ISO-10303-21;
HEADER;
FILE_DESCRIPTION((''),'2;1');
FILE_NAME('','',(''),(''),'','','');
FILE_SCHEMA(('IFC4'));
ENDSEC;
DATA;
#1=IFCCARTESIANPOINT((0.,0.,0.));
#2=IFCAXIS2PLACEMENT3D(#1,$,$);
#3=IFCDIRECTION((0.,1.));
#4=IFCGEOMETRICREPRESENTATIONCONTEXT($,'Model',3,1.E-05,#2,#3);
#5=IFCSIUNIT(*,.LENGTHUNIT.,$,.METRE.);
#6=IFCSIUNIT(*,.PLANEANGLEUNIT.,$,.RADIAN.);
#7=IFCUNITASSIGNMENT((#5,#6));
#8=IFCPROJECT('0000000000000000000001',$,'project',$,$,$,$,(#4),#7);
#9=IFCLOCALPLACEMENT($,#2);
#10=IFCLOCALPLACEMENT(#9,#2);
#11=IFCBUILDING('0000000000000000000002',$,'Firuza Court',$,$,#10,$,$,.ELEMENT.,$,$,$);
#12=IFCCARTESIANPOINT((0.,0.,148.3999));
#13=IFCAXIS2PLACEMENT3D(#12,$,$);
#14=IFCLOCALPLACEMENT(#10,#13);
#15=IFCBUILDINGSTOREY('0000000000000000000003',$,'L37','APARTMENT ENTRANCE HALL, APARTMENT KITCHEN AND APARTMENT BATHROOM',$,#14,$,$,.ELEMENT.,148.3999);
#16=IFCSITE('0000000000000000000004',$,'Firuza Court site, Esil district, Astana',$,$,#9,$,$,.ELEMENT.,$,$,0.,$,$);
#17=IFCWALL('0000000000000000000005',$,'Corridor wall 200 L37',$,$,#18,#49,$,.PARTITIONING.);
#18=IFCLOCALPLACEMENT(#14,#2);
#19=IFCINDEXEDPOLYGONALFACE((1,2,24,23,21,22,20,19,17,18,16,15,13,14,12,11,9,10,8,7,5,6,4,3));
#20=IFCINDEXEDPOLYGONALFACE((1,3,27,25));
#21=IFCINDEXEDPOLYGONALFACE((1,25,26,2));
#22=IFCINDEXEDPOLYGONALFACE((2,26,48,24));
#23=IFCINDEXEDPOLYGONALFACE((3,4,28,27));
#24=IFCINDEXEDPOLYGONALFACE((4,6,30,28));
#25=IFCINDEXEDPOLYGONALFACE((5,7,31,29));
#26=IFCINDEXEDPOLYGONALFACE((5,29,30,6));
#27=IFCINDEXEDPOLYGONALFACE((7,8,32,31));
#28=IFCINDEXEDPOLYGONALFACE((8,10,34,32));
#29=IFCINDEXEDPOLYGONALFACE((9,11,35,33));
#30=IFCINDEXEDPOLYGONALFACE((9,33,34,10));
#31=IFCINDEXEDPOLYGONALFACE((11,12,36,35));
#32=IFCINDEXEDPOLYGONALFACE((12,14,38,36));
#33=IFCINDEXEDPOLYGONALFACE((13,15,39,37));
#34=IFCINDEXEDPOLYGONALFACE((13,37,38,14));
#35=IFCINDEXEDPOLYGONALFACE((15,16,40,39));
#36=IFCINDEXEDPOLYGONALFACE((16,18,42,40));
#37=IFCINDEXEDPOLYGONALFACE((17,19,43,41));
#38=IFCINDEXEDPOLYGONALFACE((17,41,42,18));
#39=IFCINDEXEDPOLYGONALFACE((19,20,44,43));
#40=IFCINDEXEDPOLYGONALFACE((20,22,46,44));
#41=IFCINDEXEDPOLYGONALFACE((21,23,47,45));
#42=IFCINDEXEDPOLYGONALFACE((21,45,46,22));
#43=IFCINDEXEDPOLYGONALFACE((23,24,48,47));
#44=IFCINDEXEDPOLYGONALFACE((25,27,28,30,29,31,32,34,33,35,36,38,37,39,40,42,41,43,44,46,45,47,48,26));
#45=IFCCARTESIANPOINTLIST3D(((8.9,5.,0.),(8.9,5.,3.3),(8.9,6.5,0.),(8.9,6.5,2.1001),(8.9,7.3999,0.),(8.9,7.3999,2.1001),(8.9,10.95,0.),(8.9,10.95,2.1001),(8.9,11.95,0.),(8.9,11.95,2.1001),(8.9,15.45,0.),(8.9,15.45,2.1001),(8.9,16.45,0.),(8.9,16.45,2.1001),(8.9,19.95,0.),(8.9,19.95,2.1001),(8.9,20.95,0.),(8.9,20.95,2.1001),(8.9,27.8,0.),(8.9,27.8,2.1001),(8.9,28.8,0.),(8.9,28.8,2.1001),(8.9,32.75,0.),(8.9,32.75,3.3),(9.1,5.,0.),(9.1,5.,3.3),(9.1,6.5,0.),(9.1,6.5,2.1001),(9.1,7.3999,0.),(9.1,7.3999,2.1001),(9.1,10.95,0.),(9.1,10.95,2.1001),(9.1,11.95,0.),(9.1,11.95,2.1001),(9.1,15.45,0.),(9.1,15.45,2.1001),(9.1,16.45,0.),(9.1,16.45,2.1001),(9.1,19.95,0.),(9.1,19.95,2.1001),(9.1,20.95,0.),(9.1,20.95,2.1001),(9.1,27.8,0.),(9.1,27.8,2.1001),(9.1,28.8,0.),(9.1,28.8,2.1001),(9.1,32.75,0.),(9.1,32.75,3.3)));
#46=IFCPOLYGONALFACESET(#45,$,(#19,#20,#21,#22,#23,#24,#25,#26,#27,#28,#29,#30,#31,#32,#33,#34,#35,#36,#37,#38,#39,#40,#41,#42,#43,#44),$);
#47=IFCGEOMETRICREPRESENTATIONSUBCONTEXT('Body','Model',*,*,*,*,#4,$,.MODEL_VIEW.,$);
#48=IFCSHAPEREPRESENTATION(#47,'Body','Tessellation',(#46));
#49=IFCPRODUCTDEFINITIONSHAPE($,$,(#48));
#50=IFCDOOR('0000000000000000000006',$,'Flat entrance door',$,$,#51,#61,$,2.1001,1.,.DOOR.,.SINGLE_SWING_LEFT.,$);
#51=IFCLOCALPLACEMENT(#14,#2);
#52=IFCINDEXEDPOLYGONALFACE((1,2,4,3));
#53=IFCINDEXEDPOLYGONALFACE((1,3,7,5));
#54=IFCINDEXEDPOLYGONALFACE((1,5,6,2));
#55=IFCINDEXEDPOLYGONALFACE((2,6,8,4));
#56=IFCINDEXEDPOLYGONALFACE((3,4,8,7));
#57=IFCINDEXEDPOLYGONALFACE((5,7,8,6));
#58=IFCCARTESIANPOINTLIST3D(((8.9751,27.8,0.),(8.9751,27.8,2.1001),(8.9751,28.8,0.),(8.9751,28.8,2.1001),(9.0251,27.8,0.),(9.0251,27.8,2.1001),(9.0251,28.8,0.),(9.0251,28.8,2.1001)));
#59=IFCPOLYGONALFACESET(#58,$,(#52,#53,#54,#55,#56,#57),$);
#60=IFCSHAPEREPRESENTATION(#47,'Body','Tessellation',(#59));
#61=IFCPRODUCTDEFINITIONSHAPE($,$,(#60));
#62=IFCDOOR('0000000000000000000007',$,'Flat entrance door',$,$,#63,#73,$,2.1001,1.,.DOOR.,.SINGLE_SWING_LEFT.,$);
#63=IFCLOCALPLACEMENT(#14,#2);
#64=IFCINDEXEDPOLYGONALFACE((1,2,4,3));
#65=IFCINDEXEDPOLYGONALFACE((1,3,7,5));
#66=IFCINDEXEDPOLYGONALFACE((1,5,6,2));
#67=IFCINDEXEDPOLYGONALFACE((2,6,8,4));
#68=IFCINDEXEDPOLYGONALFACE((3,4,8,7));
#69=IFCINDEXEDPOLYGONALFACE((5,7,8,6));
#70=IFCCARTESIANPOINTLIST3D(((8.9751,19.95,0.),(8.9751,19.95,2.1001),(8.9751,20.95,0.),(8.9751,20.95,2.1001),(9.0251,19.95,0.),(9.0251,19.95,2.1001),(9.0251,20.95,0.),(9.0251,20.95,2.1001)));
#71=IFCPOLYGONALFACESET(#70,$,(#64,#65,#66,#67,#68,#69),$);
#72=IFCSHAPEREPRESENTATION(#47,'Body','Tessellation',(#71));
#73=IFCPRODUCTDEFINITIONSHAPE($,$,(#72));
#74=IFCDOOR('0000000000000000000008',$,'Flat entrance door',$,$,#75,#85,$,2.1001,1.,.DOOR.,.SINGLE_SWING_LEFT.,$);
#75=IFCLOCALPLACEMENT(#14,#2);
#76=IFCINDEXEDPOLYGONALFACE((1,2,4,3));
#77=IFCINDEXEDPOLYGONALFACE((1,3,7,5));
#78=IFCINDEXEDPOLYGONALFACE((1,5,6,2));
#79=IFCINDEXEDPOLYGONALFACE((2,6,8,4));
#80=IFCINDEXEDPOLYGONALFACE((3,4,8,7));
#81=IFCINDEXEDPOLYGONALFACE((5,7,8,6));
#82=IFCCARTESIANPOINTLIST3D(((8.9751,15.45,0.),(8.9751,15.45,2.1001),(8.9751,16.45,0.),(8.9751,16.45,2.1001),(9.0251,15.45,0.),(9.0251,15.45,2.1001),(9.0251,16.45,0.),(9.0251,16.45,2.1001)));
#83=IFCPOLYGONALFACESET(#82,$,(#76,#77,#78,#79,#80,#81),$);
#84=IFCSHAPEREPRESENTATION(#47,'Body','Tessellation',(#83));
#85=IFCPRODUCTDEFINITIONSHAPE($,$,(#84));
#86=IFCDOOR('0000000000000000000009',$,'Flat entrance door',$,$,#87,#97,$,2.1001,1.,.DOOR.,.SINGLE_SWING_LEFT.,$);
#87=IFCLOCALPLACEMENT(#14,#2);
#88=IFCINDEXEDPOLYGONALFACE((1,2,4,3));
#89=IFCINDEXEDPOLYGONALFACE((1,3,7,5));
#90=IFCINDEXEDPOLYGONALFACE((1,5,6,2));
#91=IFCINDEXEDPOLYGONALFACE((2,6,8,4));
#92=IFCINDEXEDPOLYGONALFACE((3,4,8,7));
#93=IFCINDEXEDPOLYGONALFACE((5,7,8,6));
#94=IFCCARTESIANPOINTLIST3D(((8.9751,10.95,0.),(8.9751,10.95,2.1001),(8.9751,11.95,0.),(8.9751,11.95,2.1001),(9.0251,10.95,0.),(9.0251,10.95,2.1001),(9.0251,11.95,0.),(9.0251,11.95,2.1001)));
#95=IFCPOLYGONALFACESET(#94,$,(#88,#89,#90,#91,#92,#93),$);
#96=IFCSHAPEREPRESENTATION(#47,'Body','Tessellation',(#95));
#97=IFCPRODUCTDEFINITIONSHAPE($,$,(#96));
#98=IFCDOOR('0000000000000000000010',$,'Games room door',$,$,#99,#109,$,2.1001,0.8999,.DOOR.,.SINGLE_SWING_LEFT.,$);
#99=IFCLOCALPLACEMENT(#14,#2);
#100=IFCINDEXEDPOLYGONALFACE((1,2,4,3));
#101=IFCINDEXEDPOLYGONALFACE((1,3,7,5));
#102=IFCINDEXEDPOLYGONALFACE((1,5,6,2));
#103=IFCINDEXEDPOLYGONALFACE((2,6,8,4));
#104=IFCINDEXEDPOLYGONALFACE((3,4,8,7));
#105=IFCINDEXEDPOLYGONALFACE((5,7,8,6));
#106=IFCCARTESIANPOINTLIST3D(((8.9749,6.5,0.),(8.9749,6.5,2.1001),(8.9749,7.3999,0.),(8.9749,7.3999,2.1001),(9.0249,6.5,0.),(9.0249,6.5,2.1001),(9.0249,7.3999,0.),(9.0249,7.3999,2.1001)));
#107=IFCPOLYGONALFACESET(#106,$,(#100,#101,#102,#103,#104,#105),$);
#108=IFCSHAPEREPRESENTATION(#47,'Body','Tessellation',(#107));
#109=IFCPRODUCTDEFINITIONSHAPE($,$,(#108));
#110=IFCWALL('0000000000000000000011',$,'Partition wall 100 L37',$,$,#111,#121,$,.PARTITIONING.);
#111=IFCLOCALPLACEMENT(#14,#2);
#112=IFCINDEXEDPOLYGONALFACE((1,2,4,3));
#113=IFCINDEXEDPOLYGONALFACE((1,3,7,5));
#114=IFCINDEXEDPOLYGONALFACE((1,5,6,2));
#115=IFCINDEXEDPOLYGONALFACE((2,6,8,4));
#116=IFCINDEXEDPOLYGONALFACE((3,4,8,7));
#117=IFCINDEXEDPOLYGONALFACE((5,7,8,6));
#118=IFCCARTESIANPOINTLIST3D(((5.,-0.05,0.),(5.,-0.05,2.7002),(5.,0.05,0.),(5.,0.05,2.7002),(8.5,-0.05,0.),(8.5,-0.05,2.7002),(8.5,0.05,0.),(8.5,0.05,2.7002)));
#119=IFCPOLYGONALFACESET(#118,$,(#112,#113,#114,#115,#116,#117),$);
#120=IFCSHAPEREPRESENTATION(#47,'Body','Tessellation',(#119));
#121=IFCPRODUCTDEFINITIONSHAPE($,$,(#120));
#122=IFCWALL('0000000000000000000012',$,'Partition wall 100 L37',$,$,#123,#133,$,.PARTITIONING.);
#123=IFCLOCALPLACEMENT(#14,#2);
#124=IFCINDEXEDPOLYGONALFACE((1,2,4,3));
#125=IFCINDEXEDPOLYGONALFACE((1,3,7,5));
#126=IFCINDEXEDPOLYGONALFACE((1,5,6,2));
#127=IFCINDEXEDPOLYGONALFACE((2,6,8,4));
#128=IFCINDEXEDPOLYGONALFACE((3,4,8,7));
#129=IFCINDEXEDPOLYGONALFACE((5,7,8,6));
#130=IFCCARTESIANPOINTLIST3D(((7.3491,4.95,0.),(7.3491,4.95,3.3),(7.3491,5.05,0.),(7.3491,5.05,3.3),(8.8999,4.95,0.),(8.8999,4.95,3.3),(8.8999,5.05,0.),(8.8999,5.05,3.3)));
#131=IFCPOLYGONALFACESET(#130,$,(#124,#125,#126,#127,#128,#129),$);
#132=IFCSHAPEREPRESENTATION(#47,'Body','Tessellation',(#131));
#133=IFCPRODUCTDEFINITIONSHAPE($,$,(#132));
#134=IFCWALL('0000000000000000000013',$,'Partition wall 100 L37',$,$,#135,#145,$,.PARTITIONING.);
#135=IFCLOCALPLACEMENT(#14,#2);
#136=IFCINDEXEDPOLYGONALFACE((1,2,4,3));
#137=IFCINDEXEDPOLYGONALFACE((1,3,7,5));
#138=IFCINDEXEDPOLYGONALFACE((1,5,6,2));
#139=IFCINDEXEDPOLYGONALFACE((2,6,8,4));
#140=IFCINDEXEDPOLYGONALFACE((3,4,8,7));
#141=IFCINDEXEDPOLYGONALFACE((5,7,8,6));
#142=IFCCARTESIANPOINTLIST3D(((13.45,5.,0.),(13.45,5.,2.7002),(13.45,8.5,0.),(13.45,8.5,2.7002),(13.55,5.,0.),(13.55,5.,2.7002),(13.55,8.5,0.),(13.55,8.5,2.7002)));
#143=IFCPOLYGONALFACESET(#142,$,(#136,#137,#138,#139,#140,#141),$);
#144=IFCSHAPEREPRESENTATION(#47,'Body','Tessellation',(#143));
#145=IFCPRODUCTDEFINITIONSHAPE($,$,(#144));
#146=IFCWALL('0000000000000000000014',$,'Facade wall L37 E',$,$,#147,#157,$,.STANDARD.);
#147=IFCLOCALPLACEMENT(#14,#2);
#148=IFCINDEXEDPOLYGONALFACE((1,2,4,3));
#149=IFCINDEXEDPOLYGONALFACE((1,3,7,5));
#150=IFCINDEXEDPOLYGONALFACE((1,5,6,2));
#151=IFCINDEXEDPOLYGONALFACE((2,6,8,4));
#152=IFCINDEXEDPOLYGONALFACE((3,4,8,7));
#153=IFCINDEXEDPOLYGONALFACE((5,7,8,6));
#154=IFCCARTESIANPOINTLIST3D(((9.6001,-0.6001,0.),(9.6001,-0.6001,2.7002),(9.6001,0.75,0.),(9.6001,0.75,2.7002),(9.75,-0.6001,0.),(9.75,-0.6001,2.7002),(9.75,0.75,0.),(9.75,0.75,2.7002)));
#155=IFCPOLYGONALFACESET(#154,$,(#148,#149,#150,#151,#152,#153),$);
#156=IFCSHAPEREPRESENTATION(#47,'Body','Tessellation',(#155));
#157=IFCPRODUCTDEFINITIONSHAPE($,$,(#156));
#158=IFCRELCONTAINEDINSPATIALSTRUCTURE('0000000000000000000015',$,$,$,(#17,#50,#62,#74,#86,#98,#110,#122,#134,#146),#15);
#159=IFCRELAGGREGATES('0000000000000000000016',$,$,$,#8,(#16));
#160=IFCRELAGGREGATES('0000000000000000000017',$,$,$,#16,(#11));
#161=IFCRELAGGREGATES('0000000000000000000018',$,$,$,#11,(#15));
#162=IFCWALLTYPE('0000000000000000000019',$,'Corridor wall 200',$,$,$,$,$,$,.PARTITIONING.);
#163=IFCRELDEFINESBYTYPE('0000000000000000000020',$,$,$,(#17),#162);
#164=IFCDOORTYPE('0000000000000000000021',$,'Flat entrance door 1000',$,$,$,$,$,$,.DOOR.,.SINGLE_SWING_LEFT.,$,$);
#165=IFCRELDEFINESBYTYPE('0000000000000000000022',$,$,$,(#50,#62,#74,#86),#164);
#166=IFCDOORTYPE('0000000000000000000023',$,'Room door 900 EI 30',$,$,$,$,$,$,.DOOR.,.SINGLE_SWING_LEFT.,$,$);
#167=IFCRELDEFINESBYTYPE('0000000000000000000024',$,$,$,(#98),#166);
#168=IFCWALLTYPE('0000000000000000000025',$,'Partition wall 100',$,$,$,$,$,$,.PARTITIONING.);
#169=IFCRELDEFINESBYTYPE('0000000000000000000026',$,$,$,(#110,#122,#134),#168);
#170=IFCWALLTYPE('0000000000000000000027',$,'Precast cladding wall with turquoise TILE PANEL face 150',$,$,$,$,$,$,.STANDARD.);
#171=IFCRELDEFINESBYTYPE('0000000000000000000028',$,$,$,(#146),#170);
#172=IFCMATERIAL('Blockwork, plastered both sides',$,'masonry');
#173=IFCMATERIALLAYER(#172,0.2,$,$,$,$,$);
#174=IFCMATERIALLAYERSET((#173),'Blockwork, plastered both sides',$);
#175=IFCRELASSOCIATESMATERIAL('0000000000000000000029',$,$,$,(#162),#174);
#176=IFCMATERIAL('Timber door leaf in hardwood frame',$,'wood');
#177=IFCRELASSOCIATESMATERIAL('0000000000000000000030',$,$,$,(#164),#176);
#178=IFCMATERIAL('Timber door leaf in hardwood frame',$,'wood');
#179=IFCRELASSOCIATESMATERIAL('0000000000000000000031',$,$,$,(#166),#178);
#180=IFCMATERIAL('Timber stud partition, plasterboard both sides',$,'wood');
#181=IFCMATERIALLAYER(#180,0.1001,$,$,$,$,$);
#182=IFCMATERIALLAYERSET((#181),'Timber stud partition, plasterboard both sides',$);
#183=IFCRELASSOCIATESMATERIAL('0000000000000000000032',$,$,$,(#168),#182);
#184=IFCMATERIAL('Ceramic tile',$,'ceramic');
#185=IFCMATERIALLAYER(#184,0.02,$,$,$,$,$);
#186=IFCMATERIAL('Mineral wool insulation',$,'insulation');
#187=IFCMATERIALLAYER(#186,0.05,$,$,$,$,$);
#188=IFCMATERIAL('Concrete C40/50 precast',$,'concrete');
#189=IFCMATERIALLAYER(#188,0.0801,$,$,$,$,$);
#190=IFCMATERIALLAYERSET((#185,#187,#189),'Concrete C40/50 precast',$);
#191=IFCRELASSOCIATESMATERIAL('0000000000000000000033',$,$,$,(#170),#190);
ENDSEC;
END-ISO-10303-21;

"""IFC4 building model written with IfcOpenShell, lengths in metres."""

from ifc_helpers import new_model, si_unit, direction, frame, frame_2d, origin, place, context, subcontext, project, spatial, rectangle, extrude, material, layer, layer_set, type_object, element, fill, save


model = new_model("IFC4")

# Units and contexts
model_context = context("Model", 3, precision=1e-05, world=origin(), true_north=direction((0.0, 1.0)))
body_context = subcontext(model_context, "Body", "Model", "MODEL_VIEW")
ifc_project = project(units=[si_unit("LENGTHUNIT", "METRE"), si_unit("PLANEANGLEUNIT", "RADIAN")], contexts=[model_context])

# Site, building, storey
site_placement = place(None, origin())
site = spatial("IfcSite", under=ifc_project, at=site_placement, Name="Firuza Court site, Esil district, Astana", CompositionType="ELEMENT", RefElevation=0.0)
building_placement = place(site_placement, origin())
building = spatial("IfcBuilding", under=site, at=building_placement, Name="Firuza Court", CompositionType="ELEMENT")
storey_placement = place(building_placement, frame((0.0, 0.0, 148.3999)))
storey = spatial("IfcBuildingStorey", under=building, at=storey_placement, Name="L37", Description="APARTMENT ENTRANCE HALL, APARTMENT KITCHEN AND APARTMENT BATHROOM", CompositionType="ELEMENT", Elevation=148.3999)

# Wall, openings, doors
ifc_material_1 = material(Name="Blockwork, plastered both sides", Category="masonry")
ifc_layer_1 = layer(ifc_material_1, 0.2)
ifc_layer_set_1 = layer_set([ifc_layer_1], Name="Blockwork, plastered both sides")
wall_type_1 = type_object("IfcWallType", Name="Corridor wall 200", PredefinedType="PARTITIONING", material=ifc_layer_set_1)
wall_1_placement = place(storey_placement, frame((9.0, 5.0, 0.0), z_axis=(0.0, 0.0, 1.0), x_axis=(0.0, 1.0, 0.0)))
wall_1 = element("IfcWall", 1, at=wall_1_placement, inside=storey, type_object=wall_type_1, Name="Corridor wall 200 L37", PredefinedType="PARTITIONING", context=body_context, shape_type="SweptSolid", body=[
    extrude(rectangle(XDim=27.75, YDim=0.2, at=frame_2d((13.875, 0.0))), origin(), (0.0, 0.0, 1.0), 3.3),
])
opening_1_placement = place(wall_1_placement, frame((22.8, 0.0, 0.0)))
opening_1 = element("IfcOpeningElement", 2, at=opening_1_placement, cuts=wall_1, PredefinedType="OPENING", context=body_context, shape_type="SweptSolid", body=[
    extrude(rectangle(XDim=1.0, YDim=2.1001, at=frame_2d((0.5, 1.05))), frame((0.0, 0.1118, 0.0), z_axis=(0.0, -1.0, 0.0), x_axis=(1.0, 0.0, 0.0)), (0.0, 0.0, 1.0), 0.2239),
])
opening_2_placement = place(wall_1_placement, frame((14.95, 0.0, 0.0)))
opening_2 = element("IfcOpeningElement", 3, at=opening_2_placement, cuts=wall_1, PredefinedType="OPENING", context=body_context, shape_type="SweptSolid", body=[
    extrude(rectangle(XDim=1.0, YDim=2.1001, at=frame_2d((0.5, 1.05))), frame((0.0, 0.1118, 0.0), z_axis=(0.0, -1.0, 0.0), x_axis=(1.0, 0.0, 0.0)), (0.0, 0.0, 1.0), 0.2239),
])
opening_3_placement = place(wall_1_placement, frame((10.45, 0.0, 0.0)))
opening_3 = element("IfcOpeningElement", 4, at=opening_3_placement, cuts=wall_1, PredefinedType="OPENING", context=body_context, shape_type="SweptSolid", body=[
    extrude(rectangle(XDim=1.0, YDim=2.1001, at=frame_2d((0.5, 1.05))), frame((0.0, 0.1118, 0.0), z_axis=(0.0, -1.0, 0.0), x_axis=(1.0, 0.0, 0.0)), (0.0, 0.0, 1.0), 0.2239),
])
opening_4_placement = place(wall_1_placement, frame((5.95, 0.0, 0.0)))
opening_4 = element("IfcOpeningElement", 5, at=opening_4_placement, cuts=wall_1, PredefinedType="OPENING", context=body_context, shape_type="SweptSolid", body=[
    extrude(rectangle(XDim=1.0, YDim=2.1001, at=frame_2d((0.5, 1.05))), frame((0.0, 0.1118, 0.0), z_axis=(0.0, -1.0, 0.0), x_axis=(1.0, 0.0, 0.0)), (0.0, 0.0, 1.0), 0.2239),
])
opening_5_placement = place(wall_1_placement, frame((1.5, 0.0, 0.0)))
opening_5 = element("IfcOpeningElement", 6, at=opening_5_placement, cuts=wall_1, PredefinedType="OPENING", context=body_context, shape_type="SweptSolid", body=[
    extrude(rectangle(XDim=0.8999, YDim=2.1001, at=frame_2d((0.45, 1.05))), frame((0.0, 0.1118, 0.0), z_axis=(0.0, -1.0, 0.0), x_axis=(1.0, 0.0, 0.0)), (0.0, 0.0, 1.0), 0.2239),
])
ifc_material_2 = material(Name="Timber door leaf in hardwood frame", Category="wood")
door_type_1 = type_object("IfcDoorType", Name="Flat entrance door 1000", OperationType="SINGLE_SWING_LEFT", PredefinedType="DOOR", material=ifc_material_2)
door_1_placement = place(opening_1_placement, origin())
door_1 = element("IfcDoor", 7, at=door_1_placement, inside=storey, type_object=door_type_1, Name="Flat entrance door", OperationType="SINGLE_SWING_LEFT", OverallHeight=2.1001, OverallWidth=1.0, PredefinedType="DOOR", context=body_context, shape_type="SweptSolid", body=[
    extrude(rectangle(XDim=1.0, YDim=2.1001, at=frame_2d((0.5, 1.05))), frame((0.0, 0.0249, 0.0), z_axis=(0.0, -1.0, 0.0), x_axis=(1.0, 0.0, 0.0)), (0.0, 0.0, 1.0), 0.05),
])
fill(opening_1, door_1)
door_2_placement = place(opening_2_placement, origin())
door_2 = element("IfcDoor", 8, at=door_2_placement, inside=storey, type_object=door_type_1, Name="Flat entrance door", OperationType="SINGLE_SWING_LEFT", OverallHeight=2.1001, OverallWidth=1.0, PredefinedType="DOOR", context=body_context, shape_type="SweptSolid", body=[
    extrude(rectangle(XDim=1.0, YDim=2.1001, at=frame_2d((0.5, 1.05))), frame((0.0, 0.0249, 0.0), z_axis=(0.0, -1.0, 0.0), x_axis=(1.0, 0.0, 0.0)), (0.0, 0.0, 1.0), 0.05),
])
fill(opening_2, door_2)
door_3_placement = place(opening_3_placement, origin())
door_3 = element("IfcDoor", 9, at=door_3_placement, inside=storey, type_object=door_type_1, Name="Flat entrance door", OperationType="SINGLE_SWING_LEFT", OverallHeight=2.1001, OverallWidth=1.0, PredefinedType="DOOR", context=body_context, shape_type="SweptSolid", body=[
    extrude(rectangle(XDim=1.0, YDim=2.1001, at=frame_2d((0.5, 1.05))), frame((0.0, 0.0249, 0.0), z_axis=(0.0, -1.0, 0.0), x_axis=(1.0, 0.0, 0.0)), (0.0, 0.0, 1.0), 0.05),
])
fill(opening_3, door_3)
door_4_placement = place(opening_4_placement, origin())
door_4 = element("IfcDoor", 10, at=door_4_placement, inside=storey, type_object=door_type_1, Name="Flat entrance door", OperationType="SINGLE_SWING_LEFT", OverallHeight=2.1001, OverallWidth=1.0, PredefinedType="DOOR", context=body_context, shape_type="SweptSolid", body=[
    extrude(rectangle(XDim=1.0, YDim=2.1001, at=frame_2d((0.5, 1.05))), frame((0.0, 0.0249, 0.0), z_axis=(0.0, -1.0, 0.0), x_axis=(1.0, 0.0, 0.0)), (0.0, 0.0, 1.0), 0.05),
])
fill(opening_4, door_4)
ifc_material_3 = material(Name="Timber door leaf in hardwood frame", Category="wood")
door_type_2 = type_object("IfcDoorType", Name="Room door 900 EI 30", OperationType="SINGLE_SWING_LEFT", PredefinedType="DOOR", material=ifc_material_3)
door_5_placement = place(opening_5_placement, frame((0.8999, 0.0, 0.0), z_axis=(0.0, 0.0, 1.0), x_axis=(-1.0, 0.0, 0.0)))
door_5 = element("IfcDoor", 11, at=door_5_placement, inside=storey, type_object=door_type_2, Name="Games room door", OperationType="SINGLE_SWING_LEFT", OverallHeight=2.1001, OverallWidth=0.8999, PredefinedType="DOOR", context=body_context, shape_type="SweptSolid", body=[
    extrude(rectangle(XDim=0.8999, YDim=2.1001, at=frame_2d((0.45, 1.05))), frame((0.0, 0.0249, 0.0), z_axis=(0.0, -1.0, 0.0), x_axis=(1.0, 0.0, 0.0)), (0.0, 0.0, 1.0), 0.05),
])
fill(opening_5, door_5)

# Walls
ifc_material_4 = material(Name="Timber stud partition, plasterboard both sides", Category="wood")
ifc_layer_2 = layer(ifc_material_4, 0.1001)
ifc_layer_set_2 = layer_set([ifc_layer_2], Name="Timber stud partition, plasterboard both sides")
wall_type_2 = type_object("IfcWallType", Name="Partition wall 100", PredefinedType="PARTITIONING", material=ifc_layer_set_2)
wall_2_placement = place(storey_placement, frame((5.0, 0.0, 0.0), z_axis=(0.0, 0.0, 1.0), x_axis=(1.0, 0.0, 0.0)))
element("IfcWall", 12, at=wall_2_placement, inside=storey, type_object=wall_type_2, Name="Partition wall 100 L37", PredefinedType="PARTITIONING", context=body_context, shape_type="SweptSolid", body=[
    extrude(rectangle(XDim=3.5, YDim=0.1001, at=frame_2d((1.75, 0.0))), origin(), (0.0, 0.0, 1.0), 2.7002),
])
wall_3_placement = place(storey_placement, frame((7.3491, 5.0, 0.0), z_axis=(0.0, 0.0, 1.0), x_axis=(1.0, 0.0, 0.0)))
element("IfcWall", 13, at=wall_3_placement, inside=storey, type_object=wall_type_2, Name="Partition wall 100 L37", PredefinedType="PARTITIONING", context=body_context, shape_type="SweptSolid", body=[
    extrude(rectangle(XDim=1.5508, YDim=0.1001, at=frame_2d((0.7754, 0.0))), origin(), (0.0, 0.0, 1.0), 3.3),
])
wall_4_placement = place(storey_placement, frame((13.5, 5.0, 0.0), z_axis=(0.0, 0.0, 1.0), x_axis=(0.0, 1.0, 0.0)))
element("IfcWall", 14, at=wall_4_placement, inside=storey, type_object=wall_type_2, Name="Partition wall 100 L37", PredefinedType="PARTITIONING", context=body_context, shape_type="SweptSolid", body=[
    extrude(rectangle(XDim=3.5, YDim=0.1001, at=frame_2d((1.75, 0.0))), origin(), (0.0, 0.0, 1.0), 2.7002),
])
ifc_material_5 = material(Name="Ceramic tile", Category="ceramic")
ifc_layer_3 = layer(ifc_material_5, 0.02)
ifc_material_6 = material(Name="Mineral wool insulation", Category="insulation")
ifc_layer_4 = layer(ifc_material_6, 0.05)
ifc_material_7 = material(Name="Concrete C40/50 precast", Category="concrete")
ifc_layer_5 = layer(ifc_material_7, 0.0801)
ifc_layer_set_3 = layer_set([ifc_layer_3, ifc_layer_4, ifc_layer_5], Name="Concrete C40/50 precast")
wall_type_3 = type_object("IfcWallType", Name="Precast cladding wall with turquoise TILE PANEL face 150", PredefinedType="STANDARD", material=ifc_layer_set_3)
wall_5_placement = place(storey_placement, frame((9.675, -0.6001, 0.0), z_axis=(0.0, 0.0, 1.0), x_axis=(0.0, 1.0, 0.0)))
element("IfcWall", 15, at=wall_5_placement, inside=storey, type_object=wall_type_3, Name="Facade wall L37 E", PredefinedType="STANDARD", context=body_context, shape_type="SweptSolid", body=[
    extrude(rectangle(XDim=1.3501, YDim=0.1499, at=frame_2d((0.675, 0.0))), origin(), (0.0, 0.0, 1.0), 2.7002),
])

save(model, "model.ifc")
